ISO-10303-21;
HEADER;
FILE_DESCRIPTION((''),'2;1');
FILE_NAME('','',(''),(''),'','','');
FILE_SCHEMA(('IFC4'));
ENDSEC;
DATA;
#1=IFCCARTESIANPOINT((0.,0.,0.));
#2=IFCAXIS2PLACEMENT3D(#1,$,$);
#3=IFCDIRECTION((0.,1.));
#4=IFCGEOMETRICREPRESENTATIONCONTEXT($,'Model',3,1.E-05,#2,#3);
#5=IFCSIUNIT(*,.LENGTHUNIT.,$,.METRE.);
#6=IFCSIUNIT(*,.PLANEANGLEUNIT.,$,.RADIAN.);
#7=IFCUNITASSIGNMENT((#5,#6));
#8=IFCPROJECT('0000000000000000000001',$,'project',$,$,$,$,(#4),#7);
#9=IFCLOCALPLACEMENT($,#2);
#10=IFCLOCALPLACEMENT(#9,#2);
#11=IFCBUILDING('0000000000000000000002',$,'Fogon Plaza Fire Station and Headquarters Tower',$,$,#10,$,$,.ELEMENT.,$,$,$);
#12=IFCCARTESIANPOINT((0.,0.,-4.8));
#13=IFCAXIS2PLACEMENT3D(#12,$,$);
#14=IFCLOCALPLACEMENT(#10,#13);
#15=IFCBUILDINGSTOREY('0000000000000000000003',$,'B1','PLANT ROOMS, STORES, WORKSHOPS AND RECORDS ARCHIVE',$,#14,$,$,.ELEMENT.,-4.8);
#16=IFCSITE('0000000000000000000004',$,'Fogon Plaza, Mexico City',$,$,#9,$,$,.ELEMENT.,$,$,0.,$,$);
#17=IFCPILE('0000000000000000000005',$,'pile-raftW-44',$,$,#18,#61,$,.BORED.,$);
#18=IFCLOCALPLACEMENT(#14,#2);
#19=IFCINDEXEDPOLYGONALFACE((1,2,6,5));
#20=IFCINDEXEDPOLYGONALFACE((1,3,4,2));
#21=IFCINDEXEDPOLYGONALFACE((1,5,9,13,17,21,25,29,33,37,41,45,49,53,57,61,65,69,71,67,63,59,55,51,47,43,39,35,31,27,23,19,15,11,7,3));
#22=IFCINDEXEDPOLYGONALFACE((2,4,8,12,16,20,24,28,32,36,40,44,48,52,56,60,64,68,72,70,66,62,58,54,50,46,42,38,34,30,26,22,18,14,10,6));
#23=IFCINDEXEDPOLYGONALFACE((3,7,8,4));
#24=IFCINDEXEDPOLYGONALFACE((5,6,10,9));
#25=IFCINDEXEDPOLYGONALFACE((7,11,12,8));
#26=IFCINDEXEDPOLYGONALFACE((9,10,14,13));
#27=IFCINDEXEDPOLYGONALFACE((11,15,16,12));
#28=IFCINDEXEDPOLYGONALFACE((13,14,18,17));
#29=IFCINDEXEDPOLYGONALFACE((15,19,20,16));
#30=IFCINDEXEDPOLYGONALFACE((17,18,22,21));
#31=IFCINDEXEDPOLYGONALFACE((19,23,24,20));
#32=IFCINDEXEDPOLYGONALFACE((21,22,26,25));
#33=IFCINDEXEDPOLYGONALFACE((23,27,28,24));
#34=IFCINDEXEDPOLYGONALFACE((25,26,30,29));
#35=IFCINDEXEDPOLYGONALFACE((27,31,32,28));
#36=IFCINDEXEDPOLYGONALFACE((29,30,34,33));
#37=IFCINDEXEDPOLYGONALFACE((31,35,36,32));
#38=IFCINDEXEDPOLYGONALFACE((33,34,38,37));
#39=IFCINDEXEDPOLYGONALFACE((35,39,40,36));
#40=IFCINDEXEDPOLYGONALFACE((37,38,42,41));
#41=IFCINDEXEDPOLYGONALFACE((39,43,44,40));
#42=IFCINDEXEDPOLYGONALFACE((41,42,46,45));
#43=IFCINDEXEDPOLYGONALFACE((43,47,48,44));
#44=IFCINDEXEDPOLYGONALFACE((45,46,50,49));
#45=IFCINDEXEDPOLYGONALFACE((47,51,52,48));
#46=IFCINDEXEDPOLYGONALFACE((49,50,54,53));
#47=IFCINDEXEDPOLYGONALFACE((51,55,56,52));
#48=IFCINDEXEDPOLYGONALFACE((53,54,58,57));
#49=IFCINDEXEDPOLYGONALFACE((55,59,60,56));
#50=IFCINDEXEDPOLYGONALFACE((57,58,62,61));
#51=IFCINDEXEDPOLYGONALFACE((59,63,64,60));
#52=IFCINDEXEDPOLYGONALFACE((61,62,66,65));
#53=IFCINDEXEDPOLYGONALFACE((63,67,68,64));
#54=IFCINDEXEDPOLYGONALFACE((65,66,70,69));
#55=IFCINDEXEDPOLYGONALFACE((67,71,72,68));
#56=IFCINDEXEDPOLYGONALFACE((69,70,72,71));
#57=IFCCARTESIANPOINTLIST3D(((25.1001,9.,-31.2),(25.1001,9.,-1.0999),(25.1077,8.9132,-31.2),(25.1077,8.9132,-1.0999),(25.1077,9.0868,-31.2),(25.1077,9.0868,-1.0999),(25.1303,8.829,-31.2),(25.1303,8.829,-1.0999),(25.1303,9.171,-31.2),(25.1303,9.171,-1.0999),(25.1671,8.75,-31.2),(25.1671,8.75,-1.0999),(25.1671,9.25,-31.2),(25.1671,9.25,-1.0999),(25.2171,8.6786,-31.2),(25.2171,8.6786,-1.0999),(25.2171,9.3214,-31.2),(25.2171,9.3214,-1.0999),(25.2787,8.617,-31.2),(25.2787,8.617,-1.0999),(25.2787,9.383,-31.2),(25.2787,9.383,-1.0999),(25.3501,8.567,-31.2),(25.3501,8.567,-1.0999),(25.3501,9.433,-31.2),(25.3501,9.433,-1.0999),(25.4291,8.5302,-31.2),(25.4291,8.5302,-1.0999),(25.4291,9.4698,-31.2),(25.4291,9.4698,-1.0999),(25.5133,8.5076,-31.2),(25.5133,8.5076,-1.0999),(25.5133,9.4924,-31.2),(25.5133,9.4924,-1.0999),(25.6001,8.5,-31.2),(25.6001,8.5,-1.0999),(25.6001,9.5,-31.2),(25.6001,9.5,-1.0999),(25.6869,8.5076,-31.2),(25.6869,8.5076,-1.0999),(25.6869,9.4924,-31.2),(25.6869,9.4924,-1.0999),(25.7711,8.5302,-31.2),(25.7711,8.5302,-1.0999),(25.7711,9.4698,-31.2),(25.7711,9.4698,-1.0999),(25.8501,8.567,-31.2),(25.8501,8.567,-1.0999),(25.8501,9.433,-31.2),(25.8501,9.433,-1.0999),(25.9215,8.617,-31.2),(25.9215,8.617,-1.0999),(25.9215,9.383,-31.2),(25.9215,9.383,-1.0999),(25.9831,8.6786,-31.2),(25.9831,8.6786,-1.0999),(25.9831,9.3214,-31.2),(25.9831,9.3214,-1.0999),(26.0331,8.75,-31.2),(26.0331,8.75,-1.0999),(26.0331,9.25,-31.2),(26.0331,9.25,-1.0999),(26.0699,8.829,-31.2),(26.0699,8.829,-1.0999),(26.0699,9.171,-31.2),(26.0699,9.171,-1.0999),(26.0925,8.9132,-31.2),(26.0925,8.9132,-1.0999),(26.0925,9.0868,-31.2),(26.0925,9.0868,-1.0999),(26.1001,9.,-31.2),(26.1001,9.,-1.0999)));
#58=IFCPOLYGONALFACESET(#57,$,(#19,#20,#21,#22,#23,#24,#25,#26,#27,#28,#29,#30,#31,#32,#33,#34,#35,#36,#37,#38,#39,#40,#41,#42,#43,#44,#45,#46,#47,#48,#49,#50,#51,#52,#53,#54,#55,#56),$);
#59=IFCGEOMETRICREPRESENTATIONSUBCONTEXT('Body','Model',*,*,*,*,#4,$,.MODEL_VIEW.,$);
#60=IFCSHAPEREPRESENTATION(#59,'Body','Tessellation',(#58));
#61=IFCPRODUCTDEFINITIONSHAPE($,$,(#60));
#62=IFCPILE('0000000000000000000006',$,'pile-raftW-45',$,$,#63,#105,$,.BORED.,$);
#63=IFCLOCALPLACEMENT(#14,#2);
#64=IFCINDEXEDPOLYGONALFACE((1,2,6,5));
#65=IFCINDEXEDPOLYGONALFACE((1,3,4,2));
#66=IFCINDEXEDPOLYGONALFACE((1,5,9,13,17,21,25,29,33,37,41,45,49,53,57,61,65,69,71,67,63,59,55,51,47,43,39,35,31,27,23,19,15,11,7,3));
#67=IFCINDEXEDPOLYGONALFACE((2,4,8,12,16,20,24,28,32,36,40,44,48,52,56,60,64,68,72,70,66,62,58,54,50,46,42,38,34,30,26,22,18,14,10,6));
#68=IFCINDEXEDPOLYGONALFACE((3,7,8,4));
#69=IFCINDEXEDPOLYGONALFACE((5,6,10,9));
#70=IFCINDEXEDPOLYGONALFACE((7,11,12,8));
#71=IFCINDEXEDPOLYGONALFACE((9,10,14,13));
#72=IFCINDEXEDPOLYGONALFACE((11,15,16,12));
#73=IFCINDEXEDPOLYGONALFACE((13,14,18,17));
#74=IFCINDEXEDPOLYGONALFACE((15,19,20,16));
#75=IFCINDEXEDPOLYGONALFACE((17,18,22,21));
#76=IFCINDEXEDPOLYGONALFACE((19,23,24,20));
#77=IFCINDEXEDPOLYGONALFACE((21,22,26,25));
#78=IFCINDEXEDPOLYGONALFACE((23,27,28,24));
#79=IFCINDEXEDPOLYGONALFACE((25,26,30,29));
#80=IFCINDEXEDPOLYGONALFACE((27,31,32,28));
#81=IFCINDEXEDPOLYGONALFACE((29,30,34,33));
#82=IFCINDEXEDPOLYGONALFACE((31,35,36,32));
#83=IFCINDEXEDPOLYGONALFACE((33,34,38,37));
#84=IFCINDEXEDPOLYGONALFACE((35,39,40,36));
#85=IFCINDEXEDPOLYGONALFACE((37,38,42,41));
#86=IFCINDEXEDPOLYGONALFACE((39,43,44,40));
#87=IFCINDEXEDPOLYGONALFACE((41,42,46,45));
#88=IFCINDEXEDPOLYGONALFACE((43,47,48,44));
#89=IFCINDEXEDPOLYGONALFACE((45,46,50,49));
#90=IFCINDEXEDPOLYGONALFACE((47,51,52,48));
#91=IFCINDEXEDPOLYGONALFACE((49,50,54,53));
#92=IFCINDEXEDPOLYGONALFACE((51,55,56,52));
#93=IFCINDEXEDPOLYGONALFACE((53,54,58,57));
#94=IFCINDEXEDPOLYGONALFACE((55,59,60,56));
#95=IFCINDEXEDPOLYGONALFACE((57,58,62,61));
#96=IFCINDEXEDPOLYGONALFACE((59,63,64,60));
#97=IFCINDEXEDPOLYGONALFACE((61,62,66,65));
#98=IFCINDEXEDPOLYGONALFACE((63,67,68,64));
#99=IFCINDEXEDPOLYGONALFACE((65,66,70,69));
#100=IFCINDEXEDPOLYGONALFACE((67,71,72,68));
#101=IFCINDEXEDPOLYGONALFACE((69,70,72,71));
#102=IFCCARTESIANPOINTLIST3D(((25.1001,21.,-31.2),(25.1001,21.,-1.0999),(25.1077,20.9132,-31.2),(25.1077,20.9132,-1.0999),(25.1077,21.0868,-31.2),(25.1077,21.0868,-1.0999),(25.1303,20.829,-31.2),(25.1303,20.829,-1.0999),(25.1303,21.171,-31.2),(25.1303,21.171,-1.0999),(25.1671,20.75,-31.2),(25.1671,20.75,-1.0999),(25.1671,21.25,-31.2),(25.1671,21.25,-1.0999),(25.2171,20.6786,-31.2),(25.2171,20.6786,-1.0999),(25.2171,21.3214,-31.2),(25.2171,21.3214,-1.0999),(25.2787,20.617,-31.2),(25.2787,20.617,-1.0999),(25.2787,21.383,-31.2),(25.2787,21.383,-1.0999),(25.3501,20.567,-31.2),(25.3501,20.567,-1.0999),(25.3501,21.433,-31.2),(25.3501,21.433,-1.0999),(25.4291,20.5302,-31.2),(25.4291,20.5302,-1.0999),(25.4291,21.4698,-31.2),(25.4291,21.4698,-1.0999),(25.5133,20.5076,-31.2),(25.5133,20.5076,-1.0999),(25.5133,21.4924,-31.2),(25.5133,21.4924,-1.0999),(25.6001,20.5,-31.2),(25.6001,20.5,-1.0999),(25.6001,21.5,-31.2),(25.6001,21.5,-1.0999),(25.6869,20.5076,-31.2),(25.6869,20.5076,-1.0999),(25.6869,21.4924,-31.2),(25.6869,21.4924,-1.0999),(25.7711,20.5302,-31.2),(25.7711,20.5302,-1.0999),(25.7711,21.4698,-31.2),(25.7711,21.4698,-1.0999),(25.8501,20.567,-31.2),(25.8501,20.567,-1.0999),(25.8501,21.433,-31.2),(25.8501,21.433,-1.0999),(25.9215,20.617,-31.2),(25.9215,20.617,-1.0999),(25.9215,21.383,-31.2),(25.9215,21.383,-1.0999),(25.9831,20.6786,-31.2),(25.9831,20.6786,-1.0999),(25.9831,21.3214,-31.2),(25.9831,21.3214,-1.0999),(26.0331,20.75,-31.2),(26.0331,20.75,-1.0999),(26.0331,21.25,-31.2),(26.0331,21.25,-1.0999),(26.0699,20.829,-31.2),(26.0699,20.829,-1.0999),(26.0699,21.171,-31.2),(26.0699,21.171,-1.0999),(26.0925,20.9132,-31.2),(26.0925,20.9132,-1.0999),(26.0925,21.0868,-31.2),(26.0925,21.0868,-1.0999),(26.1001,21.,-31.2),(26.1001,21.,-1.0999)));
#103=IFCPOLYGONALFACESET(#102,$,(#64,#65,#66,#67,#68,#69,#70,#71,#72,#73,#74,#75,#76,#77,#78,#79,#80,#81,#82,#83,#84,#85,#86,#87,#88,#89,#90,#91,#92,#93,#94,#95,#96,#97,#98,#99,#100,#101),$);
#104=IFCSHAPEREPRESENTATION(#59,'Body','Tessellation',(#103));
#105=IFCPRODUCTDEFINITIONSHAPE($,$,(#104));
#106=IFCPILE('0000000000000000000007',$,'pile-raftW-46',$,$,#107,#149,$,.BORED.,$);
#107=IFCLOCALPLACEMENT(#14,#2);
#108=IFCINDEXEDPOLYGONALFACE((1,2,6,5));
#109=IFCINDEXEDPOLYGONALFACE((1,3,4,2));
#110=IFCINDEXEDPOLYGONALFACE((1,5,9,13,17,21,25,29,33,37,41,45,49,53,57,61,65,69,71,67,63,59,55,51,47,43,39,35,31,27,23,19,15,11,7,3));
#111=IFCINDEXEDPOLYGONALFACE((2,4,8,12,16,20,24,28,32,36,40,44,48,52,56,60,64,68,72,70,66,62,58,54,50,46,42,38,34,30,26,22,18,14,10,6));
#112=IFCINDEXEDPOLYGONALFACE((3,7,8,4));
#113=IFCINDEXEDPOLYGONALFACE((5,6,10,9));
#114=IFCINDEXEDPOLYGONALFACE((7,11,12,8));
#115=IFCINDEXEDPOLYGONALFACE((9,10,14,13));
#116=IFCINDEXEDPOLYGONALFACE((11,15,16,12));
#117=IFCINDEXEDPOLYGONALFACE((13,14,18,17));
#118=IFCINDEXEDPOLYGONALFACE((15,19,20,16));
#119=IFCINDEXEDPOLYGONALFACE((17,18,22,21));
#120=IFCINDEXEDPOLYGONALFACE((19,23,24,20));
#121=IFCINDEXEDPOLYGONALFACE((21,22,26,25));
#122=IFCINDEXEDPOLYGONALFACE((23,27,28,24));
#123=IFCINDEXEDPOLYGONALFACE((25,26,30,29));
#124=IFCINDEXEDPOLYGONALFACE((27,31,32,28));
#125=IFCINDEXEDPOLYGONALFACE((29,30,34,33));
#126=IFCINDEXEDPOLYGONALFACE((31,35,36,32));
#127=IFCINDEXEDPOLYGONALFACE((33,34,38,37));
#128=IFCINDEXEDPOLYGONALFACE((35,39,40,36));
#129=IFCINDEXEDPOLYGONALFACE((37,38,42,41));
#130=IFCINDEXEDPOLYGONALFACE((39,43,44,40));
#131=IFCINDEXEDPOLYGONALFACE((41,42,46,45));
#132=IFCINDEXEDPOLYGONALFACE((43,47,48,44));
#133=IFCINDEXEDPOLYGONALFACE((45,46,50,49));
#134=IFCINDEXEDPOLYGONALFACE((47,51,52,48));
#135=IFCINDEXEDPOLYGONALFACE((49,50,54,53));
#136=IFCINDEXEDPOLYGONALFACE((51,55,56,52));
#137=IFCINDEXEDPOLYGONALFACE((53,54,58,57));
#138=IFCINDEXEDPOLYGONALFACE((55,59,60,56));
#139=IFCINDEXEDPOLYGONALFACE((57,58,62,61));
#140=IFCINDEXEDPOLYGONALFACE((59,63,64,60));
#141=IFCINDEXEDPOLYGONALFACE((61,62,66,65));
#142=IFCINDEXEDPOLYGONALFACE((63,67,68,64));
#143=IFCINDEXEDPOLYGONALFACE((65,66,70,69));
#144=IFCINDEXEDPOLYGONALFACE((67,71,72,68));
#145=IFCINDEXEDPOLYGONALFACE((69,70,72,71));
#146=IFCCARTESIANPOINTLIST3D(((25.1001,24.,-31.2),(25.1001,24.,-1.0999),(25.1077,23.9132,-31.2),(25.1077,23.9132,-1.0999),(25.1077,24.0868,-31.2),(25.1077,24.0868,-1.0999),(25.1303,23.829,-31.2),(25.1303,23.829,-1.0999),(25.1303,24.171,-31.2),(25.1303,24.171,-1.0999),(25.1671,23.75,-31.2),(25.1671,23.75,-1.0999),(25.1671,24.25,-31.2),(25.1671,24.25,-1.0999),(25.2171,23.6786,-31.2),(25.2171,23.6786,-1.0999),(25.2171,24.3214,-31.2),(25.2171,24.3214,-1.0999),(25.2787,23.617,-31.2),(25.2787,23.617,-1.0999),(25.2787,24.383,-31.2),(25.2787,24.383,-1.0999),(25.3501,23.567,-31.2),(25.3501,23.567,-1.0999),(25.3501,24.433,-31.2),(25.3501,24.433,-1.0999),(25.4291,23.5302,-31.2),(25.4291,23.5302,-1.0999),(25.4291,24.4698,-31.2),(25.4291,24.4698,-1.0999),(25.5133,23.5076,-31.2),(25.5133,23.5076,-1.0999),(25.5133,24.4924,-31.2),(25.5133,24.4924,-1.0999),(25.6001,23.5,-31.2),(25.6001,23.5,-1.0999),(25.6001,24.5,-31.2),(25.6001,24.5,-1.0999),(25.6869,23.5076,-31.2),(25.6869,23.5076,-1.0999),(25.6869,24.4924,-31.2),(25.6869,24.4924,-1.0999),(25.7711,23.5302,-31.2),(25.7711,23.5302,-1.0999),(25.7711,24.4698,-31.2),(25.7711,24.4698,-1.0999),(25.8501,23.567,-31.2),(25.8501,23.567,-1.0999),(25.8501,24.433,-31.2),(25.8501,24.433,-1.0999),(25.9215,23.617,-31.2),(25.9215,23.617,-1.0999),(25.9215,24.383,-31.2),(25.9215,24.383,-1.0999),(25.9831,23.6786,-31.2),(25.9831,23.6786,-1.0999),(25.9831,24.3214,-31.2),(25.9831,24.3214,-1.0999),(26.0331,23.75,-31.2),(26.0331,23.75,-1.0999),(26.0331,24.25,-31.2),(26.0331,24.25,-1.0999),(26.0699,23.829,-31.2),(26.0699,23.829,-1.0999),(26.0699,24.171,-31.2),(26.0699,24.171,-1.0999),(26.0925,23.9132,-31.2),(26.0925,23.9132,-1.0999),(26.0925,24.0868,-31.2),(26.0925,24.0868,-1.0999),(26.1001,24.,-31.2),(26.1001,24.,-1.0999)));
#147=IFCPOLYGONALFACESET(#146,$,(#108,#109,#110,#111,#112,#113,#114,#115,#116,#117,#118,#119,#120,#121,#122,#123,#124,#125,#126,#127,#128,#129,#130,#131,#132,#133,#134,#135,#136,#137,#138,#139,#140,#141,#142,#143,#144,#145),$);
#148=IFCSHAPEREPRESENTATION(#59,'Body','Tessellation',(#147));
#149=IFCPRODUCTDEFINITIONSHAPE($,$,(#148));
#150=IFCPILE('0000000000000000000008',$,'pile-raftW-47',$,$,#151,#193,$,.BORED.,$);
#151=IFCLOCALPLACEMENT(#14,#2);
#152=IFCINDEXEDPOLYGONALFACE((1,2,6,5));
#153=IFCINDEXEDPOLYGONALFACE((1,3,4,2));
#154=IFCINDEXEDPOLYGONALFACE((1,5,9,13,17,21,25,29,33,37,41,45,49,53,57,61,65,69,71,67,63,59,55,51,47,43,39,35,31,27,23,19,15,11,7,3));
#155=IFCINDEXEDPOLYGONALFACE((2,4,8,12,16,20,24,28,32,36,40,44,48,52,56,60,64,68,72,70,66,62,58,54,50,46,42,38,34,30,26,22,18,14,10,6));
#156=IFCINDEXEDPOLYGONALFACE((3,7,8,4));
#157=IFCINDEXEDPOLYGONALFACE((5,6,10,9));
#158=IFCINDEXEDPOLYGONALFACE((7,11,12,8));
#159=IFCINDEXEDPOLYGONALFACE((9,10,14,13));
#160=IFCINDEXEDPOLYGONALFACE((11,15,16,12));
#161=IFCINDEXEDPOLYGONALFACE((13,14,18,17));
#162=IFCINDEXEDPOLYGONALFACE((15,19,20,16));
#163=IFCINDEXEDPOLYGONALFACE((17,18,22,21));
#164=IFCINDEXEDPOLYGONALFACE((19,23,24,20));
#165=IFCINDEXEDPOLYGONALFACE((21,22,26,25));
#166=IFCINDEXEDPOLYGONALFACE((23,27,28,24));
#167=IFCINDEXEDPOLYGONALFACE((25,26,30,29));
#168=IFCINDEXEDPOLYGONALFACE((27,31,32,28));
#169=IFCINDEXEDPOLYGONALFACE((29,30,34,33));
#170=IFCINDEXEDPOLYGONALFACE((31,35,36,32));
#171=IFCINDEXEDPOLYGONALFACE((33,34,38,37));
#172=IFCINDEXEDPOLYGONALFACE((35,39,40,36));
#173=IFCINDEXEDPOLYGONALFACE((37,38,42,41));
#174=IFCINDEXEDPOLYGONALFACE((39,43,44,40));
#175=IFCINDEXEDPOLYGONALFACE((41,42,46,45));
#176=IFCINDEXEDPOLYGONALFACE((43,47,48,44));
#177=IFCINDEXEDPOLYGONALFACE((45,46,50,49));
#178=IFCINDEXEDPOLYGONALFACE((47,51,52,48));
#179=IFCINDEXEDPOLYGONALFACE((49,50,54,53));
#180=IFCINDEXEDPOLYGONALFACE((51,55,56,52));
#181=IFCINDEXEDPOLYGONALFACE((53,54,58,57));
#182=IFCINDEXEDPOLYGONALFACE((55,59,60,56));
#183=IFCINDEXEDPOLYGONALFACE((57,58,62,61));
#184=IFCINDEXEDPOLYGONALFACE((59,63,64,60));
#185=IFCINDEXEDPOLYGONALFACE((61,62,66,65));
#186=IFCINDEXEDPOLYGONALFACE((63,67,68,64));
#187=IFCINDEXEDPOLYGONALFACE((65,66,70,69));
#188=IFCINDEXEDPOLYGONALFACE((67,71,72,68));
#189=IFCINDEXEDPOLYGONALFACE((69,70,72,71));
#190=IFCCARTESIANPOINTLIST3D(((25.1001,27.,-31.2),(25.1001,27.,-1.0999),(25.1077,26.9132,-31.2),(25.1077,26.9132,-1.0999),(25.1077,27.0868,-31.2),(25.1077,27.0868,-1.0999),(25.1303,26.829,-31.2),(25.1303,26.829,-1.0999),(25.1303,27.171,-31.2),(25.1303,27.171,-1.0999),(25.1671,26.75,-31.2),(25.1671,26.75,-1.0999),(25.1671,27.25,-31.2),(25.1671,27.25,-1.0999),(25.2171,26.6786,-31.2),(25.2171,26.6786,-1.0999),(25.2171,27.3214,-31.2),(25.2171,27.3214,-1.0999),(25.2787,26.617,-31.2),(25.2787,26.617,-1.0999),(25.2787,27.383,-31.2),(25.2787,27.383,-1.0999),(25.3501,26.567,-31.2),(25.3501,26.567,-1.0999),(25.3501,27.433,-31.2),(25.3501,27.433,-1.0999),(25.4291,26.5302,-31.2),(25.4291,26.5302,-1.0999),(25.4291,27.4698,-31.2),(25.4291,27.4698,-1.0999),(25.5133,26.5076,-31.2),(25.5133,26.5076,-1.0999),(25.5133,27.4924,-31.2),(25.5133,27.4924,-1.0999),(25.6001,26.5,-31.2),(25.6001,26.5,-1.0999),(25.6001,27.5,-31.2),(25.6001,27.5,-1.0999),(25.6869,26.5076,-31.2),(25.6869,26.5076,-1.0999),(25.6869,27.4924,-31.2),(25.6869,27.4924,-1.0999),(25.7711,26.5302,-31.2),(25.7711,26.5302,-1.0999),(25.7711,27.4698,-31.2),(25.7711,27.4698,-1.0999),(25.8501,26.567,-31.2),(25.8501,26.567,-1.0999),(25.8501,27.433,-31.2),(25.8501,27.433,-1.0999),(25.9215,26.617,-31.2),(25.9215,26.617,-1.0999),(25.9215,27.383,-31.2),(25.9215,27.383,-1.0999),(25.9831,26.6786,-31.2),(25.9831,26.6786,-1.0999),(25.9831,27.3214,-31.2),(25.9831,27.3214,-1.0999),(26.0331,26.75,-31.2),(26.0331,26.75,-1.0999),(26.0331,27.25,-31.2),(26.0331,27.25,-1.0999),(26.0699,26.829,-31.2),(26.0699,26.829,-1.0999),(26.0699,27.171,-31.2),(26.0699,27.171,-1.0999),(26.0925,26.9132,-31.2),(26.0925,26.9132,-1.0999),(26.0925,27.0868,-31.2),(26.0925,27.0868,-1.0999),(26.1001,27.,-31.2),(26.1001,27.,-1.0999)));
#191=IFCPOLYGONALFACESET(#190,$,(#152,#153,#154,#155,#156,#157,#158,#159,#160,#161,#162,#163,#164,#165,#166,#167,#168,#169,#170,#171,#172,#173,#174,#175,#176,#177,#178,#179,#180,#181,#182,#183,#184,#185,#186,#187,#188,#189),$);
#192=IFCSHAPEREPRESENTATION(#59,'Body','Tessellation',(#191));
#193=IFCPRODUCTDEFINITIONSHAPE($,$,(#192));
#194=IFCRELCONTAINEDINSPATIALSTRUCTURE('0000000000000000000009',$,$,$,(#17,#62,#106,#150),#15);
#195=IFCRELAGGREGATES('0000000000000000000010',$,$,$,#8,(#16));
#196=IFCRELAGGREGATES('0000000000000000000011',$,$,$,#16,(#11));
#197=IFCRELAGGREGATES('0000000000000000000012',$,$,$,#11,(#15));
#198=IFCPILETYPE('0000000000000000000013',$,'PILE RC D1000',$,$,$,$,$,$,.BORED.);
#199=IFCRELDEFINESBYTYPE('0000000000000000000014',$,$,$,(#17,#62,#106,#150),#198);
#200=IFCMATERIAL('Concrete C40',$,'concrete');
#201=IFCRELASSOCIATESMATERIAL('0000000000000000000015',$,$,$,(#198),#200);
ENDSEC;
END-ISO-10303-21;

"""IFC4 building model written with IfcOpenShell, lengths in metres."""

from ifc_helpers import new_model, si_unit, direction, frame, origin, origin_2d, place, context, subcontext, project, spatial, circle, extrude, material, material_profile, profile_set, type_object, element, save


model = new_model("IFC4")

# Units and contexts
model_context = context("Model", 3, precision=1e-05, world=origin(), true_north=direction((0.0, 1.0)))
body_context = subcontext(model_context, "Body", "Model", "MODEL_VIEW")
ifc_project = project(units=[si_unit("LENGTHUNIT", "METRE"), si_unit("PLANEANGLEUNIT", "RADIAN")], contexts=[model_context])

# Site, building, storey
site_placement = place(None, origin())
site = spatial("IfcSite", under=ifc_project, at=site_placement, Name="Fogon Plaza, Mexico City", CompositionType="ELEMENT", RefElevation=0.0)
building_placement = place(site_placement, origin())
building = spatial("IfcBuilding", under=site, at=building_placement, Name="Fogon Plaza Fire Station and Headquarters Tower", CompositionType="ELEMENT")
storey_placement = place(building_placement, frame((0.0, 0.0, -4.8)))
storey = spatial("IfcBuildingStorey", under=building, at=storey_placement, Name="B1", Description="PLANT ROOMS, STORES, WORKSHOPS AND RECORDS ARCHIVE", CompositionType="ELEMENT", Elevation=-4.8)

# Piles
ifc_material_1 = material(Name="Concrete C40", Category="concrete")
ifc_material_profile_1 = material_profile(ifc_material_1, circle(Radius=0.5, at=origin_2d()), Name="RC D1000")
ifc_profile_set_1 = profile_set([ifc_material_profile_1], Name="Concrete C40")
pile_type_1 = type_object("IfcPileType", Name="PILE RC D1000", PredefinedType="BORED", material=ifc_profile_set_1)
for number, where, z_axis, x_axis, name in (
    (1, (25.6001, 9.0, -1.0999), (0.0, 0.0, -1.0), (1.0, 0.0, 0.0), "pile-raftW-44"),
    (2, (25.6001, 21.0, -1.0999), (0.0, 0.0, -1.0), (1.0, 0.0, 0.0), "pile-raftW-45"),
    (3, (25.6001, 24.0, -1.0999), (0.0, 0.0, -1.0), (1.0, 0.0, 0.0), "pile-raftW-46"),
    (4, (25.6001, 27.0, -1.0999), (0.0, 0.0, -1.0), (1.0, 0.0, 0.0), "pile-raftW-47"),
):
    element("IfcPile", number, at=place(storey_placement, frame(where, z_axis=z_axis, x_axis=x_axis)), inside=storey, type_object=pile_type_1, Name=name, PredefinedType="BORED", context=body_context, shape_type="SweptSolid", body=[
        extrude(circle(Radius=0.5, at=origin_2d()), origin(), (0.0, 0.0, 1.0), 30.1001),
    ])

save(model, "model.ifc")
